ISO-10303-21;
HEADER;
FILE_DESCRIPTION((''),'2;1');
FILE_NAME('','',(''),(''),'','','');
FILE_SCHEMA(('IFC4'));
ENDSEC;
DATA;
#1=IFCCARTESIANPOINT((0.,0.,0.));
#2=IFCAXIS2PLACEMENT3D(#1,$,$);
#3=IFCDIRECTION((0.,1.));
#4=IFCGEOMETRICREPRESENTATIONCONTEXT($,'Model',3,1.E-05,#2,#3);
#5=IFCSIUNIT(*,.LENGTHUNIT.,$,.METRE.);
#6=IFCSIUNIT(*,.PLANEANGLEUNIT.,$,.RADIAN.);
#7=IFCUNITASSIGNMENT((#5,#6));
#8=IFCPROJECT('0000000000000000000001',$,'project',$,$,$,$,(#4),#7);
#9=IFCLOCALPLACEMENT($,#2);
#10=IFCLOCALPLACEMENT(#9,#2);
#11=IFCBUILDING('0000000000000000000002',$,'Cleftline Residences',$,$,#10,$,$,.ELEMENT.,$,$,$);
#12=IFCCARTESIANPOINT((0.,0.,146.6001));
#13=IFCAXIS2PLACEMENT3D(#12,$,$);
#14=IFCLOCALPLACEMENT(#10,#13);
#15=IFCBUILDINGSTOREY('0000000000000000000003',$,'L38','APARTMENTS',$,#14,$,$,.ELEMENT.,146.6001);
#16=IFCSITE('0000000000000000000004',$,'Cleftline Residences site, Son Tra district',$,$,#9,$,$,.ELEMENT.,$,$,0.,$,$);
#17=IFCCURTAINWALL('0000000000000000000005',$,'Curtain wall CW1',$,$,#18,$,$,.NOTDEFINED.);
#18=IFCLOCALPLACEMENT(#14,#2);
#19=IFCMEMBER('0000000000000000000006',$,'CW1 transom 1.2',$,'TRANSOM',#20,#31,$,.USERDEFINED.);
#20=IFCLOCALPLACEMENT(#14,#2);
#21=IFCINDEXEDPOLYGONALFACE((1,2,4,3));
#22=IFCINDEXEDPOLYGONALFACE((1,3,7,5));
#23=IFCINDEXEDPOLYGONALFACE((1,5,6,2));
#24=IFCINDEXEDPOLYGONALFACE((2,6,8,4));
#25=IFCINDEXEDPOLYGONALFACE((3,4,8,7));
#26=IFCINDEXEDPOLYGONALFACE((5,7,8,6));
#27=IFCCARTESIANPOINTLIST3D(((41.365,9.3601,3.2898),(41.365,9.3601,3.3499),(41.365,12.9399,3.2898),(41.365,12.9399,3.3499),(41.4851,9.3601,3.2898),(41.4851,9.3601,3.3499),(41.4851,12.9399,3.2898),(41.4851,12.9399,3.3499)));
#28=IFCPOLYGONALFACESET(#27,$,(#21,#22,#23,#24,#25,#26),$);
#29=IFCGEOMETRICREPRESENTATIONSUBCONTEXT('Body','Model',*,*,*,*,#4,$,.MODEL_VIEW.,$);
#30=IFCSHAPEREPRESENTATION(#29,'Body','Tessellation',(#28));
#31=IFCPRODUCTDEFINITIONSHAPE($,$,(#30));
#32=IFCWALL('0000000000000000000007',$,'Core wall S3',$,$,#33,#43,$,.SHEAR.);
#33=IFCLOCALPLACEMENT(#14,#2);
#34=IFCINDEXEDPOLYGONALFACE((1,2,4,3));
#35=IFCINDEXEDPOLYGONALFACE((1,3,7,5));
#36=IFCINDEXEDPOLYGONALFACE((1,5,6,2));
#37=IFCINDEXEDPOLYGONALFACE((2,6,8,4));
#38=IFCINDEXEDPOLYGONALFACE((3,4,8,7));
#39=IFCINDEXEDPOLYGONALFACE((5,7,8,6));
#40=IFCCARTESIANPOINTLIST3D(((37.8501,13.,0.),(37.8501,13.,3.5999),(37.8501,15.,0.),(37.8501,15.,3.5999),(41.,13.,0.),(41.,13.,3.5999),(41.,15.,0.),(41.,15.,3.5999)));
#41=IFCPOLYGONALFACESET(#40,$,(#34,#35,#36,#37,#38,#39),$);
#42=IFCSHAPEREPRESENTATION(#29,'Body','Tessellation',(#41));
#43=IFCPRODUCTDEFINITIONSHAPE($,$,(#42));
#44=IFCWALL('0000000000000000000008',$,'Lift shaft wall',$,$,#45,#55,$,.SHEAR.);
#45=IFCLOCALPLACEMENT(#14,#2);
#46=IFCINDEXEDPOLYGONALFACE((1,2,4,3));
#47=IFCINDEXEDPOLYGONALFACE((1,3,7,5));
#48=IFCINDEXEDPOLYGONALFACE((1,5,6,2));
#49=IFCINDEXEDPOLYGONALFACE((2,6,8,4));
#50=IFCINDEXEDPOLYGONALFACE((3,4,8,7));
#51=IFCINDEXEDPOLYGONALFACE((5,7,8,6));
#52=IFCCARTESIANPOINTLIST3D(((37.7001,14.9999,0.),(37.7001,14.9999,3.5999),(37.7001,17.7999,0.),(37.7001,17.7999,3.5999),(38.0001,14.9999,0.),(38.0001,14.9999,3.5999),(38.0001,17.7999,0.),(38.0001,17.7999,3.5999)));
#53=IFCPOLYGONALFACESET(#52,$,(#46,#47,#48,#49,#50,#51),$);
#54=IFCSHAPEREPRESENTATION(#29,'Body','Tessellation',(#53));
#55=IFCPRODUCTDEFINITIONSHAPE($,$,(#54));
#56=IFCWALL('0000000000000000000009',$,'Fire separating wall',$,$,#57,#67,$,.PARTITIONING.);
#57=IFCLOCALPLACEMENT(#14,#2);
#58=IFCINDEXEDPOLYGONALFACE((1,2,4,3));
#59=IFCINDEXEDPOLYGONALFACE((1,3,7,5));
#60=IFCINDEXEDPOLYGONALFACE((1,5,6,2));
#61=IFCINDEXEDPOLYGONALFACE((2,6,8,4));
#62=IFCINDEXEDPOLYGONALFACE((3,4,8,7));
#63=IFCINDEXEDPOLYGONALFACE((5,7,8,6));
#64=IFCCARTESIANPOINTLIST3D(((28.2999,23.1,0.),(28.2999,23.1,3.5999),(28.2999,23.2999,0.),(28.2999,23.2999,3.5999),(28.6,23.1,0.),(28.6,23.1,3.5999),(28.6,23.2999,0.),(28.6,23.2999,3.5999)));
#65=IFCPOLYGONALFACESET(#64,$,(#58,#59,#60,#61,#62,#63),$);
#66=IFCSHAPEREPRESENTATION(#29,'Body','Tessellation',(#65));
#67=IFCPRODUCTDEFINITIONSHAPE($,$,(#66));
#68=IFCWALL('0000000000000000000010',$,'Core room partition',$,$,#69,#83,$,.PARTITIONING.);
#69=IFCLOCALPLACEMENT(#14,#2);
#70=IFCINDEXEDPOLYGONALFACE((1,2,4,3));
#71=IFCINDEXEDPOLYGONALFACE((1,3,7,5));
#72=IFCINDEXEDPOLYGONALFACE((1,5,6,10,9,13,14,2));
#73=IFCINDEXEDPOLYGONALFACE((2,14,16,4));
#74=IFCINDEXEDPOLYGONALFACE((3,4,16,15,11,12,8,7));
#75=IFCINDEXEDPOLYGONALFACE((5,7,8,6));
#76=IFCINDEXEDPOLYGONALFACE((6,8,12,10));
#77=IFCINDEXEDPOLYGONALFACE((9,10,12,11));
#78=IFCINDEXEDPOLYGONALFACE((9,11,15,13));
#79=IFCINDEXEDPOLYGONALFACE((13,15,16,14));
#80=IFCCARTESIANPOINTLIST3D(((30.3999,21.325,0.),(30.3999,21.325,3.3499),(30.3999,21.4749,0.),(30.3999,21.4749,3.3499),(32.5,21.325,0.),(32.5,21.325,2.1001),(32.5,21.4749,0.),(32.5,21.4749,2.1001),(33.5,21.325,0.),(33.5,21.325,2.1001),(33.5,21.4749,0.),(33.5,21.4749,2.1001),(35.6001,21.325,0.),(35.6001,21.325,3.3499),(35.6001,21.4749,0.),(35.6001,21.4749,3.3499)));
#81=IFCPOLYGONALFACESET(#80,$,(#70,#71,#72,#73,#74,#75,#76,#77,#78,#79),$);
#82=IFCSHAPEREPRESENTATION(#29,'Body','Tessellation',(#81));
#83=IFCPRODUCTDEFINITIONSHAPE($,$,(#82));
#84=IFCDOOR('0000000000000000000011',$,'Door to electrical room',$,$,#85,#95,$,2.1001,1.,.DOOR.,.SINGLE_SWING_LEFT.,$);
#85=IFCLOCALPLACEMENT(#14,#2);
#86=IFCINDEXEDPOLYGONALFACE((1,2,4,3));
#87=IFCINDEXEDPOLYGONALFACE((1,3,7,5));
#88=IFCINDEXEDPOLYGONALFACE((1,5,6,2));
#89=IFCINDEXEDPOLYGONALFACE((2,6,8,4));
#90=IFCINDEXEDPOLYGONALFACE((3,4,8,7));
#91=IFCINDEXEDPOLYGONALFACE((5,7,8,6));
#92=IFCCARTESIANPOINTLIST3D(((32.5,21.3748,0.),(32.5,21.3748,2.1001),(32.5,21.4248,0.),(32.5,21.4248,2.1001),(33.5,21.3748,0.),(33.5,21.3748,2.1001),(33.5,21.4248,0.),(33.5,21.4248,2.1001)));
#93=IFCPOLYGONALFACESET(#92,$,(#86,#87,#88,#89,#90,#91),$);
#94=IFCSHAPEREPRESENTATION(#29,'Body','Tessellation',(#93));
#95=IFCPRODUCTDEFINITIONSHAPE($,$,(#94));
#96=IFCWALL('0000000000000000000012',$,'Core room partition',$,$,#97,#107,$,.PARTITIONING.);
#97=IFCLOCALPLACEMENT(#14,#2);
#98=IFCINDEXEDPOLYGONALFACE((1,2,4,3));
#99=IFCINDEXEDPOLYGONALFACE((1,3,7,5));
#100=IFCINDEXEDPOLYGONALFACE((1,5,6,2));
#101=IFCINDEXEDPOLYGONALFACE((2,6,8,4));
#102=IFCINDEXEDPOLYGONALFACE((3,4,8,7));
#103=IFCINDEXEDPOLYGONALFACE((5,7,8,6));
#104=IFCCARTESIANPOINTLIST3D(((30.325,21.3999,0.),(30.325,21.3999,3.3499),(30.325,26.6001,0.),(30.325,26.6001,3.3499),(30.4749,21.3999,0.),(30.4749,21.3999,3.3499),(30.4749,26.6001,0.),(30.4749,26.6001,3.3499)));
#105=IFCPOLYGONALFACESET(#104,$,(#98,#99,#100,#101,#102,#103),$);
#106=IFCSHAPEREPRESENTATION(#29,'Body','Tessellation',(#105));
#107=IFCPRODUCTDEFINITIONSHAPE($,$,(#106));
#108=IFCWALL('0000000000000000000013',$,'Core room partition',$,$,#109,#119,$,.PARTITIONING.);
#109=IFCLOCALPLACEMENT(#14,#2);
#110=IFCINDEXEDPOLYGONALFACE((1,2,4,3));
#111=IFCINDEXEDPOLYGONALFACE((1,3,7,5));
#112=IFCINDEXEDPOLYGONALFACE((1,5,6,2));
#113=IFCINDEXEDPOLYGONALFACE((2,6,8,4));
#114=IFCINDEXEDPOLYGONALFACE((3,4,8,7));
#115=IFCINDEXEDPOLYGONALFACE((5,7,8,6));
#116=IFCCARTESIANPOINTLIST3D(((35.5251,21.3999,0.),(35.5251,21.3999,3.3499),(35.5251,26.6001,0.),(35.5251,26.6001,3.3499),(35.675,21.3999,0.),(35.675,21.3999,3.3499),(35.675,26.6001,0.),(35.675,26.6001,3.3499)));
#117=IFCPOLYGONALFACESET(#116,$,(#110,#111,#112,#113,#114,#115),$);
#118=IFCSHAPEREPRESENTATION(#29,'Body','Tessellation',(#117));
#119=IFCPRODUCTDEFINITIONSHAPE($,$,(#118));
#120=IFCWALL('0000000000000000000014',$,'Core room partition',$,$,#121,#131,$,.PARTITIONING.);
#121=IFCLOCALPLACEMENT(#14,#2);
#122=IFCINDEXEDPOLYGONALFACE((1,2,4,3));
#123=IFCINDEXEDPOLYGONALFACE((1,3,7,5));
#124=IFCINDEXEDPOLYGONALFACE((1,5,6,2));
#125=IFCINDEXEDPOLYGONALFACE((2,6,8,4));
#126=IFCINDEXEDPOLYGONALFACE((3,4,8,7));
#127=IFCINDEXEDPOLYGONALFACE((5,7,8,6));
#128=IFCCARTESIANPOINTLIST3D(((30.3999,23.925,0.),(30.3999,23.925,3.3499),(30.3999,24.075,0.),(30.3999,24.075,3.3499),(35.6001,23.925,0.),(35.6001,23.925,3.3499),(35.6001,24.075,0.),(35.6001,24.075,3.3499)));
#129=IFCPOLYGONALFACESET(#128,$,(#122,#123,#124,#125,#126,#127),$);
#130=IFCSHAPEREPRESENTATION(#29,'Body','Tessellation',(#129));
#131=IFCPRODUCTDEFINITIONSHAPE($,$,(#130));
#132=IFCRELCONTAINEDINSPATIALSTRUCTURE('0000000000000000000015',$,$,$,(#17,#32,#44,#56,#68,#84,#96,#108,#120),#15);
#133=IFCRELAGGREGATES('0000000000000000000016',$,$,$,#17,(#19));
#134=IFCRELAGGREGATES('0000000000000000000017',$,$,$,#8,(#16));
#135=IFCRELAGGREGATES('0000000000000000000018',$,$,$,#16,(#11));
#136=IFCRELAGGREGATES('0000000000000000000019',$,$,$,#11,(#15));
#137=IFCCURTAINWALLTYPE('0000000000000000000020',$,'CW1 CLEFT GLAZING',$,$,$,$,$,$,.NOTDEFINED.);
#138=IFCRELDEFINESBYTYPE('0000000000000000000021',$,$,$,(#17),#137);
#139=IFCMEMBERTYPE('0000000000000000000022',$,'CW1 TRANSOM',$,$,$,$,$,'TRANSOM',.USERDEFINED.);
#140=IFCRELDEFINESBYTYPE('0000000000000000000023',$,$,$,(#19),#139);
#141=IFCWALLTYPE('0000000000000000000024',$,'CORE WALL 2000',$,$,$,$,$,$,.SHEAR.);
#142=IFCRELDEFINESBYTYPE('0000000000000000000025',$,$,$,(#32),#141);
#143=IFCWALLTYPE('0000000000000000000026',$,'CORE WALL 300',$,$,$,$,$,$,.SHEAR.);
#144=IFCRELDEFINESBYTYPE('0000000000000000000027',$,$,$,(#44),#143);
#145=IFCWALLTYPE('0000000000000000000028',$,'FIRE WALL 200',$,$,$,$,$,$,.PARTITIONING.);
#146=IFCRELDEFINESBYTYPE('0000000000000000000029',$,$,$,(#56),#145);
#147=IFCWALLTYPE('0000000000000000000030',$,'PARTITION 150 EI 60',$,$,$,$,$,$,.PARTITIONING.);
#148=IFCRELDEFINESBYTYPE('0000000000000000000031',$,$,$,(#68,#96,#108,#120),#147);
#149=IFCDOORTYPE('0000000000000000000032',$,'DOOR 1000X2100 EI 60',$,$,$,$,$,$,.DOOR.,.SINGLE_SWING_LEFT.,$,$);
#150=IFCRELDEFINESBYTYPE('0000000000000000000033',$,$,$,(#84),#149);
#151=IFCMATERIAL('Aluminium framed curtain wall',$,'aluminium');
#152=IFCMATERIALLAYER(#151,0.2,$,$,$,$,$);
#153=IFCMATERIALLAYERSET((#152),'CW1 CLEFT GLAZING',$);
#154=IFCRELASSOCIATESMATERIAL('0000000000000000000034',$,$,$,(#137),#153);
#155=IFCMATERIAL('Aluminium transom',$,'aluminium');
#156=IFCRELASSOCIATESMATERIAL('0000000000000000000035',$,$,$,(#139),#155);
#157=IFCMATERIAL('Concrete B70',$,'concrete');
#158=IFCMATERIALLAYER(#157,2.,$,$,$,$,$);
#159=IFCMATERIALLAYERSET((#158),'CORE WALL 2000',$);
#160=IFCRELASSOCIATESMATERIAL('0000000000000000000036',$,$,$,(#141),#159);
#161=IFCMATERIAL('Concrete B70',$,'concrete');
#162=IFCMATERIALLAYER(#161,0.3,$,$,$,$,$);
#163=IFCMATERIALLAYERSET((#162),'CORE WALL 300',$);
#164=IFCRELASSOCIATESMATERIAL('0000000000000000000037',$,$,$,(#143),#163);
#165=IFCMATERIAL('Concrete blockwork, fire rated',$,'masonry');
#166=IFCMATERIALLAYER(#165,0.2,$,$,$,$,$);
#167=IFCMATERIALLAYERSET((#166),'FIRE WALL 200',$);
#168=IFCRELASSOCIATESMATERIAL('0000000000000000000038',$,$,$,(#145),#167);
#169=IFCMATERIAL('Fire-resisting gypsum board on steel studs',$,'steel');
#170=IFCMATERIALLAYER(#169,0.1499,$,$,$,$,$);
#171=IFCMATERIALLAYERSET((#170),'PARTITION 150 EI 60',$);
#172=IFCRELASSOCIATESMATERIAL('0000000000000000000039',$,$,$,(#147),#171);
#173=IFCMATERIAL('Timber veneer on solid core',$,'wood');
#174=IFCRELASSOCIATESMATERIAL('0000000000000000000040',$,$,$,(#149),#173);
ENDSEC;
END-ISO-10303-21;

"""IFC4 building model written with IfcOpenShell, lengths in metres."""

from ifc_helpers import new_model, si_unit, direction, frame, frame_2d, origin, origin_2d, place, context, subcontext, project, spatial, rectangle, extrude, material, layer, layer_set, material_profile, profile_set, type_object, element, fill, aggregate, save


model = new_model("IFC4")

# Units and contexts
model_context = context("Model", 3, precision=1e-05, world=origin(), true_north=direction((0.0, 1.0)))
body_context = subcontext(model_context, "Body", "Model", "MODEL_VIEW")
ifc_project = project(units=[si_unit("LENGTHUNIT", "METRE"), si_unit("PLANEANGLEUNIT", "RADIAN")], contexts=[model_context])

# Site, building, storey
site_placement = place(None, origin())
site = spatial("IfcSite", under=ifc_project, at=site_placement, Name="Cleftline Residences site, Son Tra district", CompositionType="ELEMENT", RefElevation=0.0)
building_placement = place(site_placement, origin())
building = spatial("IfcBuilding", under=site, at=building_placement, Name="Cleftline Residences", CompositionType="ELEMENT")
storey_placement = place(building_placement, frame((0.0, 0.0, 146.6001)))
storey = spatial("IfcBuildingStorey", under=building, at=storey_placement, Name="L38", Description="APARTMENTS", CompositionType="ELEMENT", Elevation=146.6001)

# Curtain wall, member
ifc_material_1 = material(Name="Aluminium framed curtain wall", Category="aluminium")
ifc_layer_1 = layer(ifc_material_1, 0.2)
ifc_layer_set_1 = layer_set([ifc_layer_1], Name="CW1 CLEFT GLAZING")
curtain_wall_type = type_object("IfcCurtainWallType", Name="CW1 CLEFT GLAZING", PredefinedType="NOTDEFINED", material=ifc_layer_set_1)
curtain_wall_placement = place(storey_placement, origin())
curtain_wall = element("IfcCurtainWall", 1, at=curtain_wall_placement, inside=storey, type_object=curtain_wall_type, Name="Curtain wall CW1", PredefinedType="NOTDEFINED")
ifc_material_2 = material(Name="Aluminium transom", Category="aluminium")
ifc_material_profile = material_profile(ifc_material_2, rectangle(XDim=0.1201, YDim=0.0601, at=origin_2d()))
ifc_profile_set = profile_set([ifc_material_profile], Name="Aluminium transom")
member_type = type_object("IfcMemberType", Name="CW1 TRANSOM", ElementType="TRANSOM", PredefinedType="USERDEFINED", material=ifc_profile_set)
member_placement = place(storey_placement, frame((41.425, 12.9399, 3.3198), z_axis=(0.0, -1.0, 0.0), x_axis=(1.0, 0.0, 0.0)))
member = element("IfcMember", 2, at=member_placement, type_object=member_type, Name="CW1 transom 1.2", ObjectType="TRANSOM", PredefinedType="USERDEFINED", context=body_context, shape_type="SweptSolid", body=[
    extrude(rectangle(XDim=0.1201, YDim=0.0601, at=origin_2d()), origin(), (0.0, 0.0, 1.0), 3.5798),
])
aggregate(curtain_wall, [member])

# Walls
ifc_material_3 = material(Name="Concrete B70", Category="concrete")
ifc_layer_2 = layer(ifc_material_3, 2.0)
ifc_layer_set_2 = layer_set([ifc_layer_2], Name="CORE WALL 2000")
wall_type_1 = type_object("IfcWallType", Name="CORE WALL 2000", PredefinedType="SHEAR", material=ifc_layer_set_2)
wall_1_placement = place(storey_placement, frame((37.8501, 14.0, 0.0), z_axis=(0.0, 0.0, 1.0), x_axis=(1.0, 0.0, 0.0)))
element("IfcWall", 3, at=wall_1_placement, inside=storey, type_object=wall_type_1, Name="Core wall S3", PredefinedType="SHEAR", context=body_context, shape_type="SweptSolid", body=[
    extrude(rectangle(XDim=3.1499, YDim=2.0, at=frame_2d((1.575, 0.0))), origin(), (0.0, 0.0, 1.0), 3.5999),
])
ifc_material_4 = material(Name="Concrete B70", Category="concrete")
ifc_layer_3 = layer(ifc_material_4, 0.3)
ifc_layer_set_3 = layer_set([ifc_layer_3], Name="CORE WALL 300")
wall_type_2 = type_object("IfcWallType", Name="CORE WALL 300", PredefinedType="SHEAR", material=ifc_layer_set_3)
wall_2_placement = place(storey_placement, frame((37.8501, 15.0, 0.0), z_axis=(0.0, 0.0, 1.0), x_axis=(0.0, 1.0, 0.0)))
element("IfcWall", 4, at=wall_2_placement, inside=storey, type_object=wall_type_2, Name="Lift shaft wall", PredefinedType="SHEAR", context=body_context, shape_type="SweptSolid", body=[
    extrude(rectangle(XDim=2.8, YDim=0.3, at=frame_2d((1.3999, 0.0))), origin(), (0.0, 0.0, 1.0), 3.5999),
])
ifc_material_5 = material(Name="Concrete blockwork, fire rated", Category="masonry")
ifc_layer_4 = layer(ifc_material_5, 0.2)
ifc_layer_set_4 = layer_set([ifc_layer_4], Name="FIRE WALL 200")
wall_type_3 = type_object("IfcWallType", Name="FIRE WALL 200", PredefinedType="PARTITIONING", material=ifc_layer_set_4)
wall_3_placement = place(storey_placement, frame((28.3, 23.2, 0.0), z_axis=(0.0, 0.0, 1.0), x_axis=(1.0, 0.0, 0.0)))
element("IfcWall", 5, at=wall_3_placement, inside=storey, type_object=wall_type_3, Name="Fire separating wall", PredefinedType="PARTITIONING", context=body_context, shape_type="SweptSolid", body=[
    extrude(rectangle(XDim=0.3, YDim=0.2, at=frame_2d((0.1499, 0.0))), origin(), (0.0, 0.0, 1.0), 3.5999),
])

# Wall, opening, door
ifc_material_6 = material(Name="Fire-resisting gypsum board on steel studs", Category="steel")
ifc_layer_5 = layer(ifc_material_6, 0.1499)
ifc_layer_set_5 = layer_set([ifc_layer_5], Name="PARTITION 150 EI 60")
wall_type_4 = type_object("IfcWallType", Name="PARTITION 150 EI 60", PredefinedType="PARTITIONING", material=ifc_layer_set_5)
wall_4_placement = place(storey_placement, frame((30.3999, 21.3999, 0.0), z_axis=(0.0, 0.0, 1.0), x_axis=(1.0, 0.0, 0.0)))
wall_4 = element("IfcWall", 6, at=wall_4_placement, inside=storey, type_object=wall_type_4, Name="Core room partition", PredefinedType="PARTITIONING", context=body_context, shape_type="SweptSolid", body=[
    extrude(rectangle(XDim=5.2002, YDim=0.1499, at=frame_2d((2.6001, 0.0))), origin(), (0.0, 0.0, 1.0), 3.3499),
])
opening_1_placement = place(wall_4_placement, frame((2.1001, 0.0, 0.0)))
opening_1 = element("IfcOpeningElement", 7, at=opening_1_placement, cuts=wall_4, PredefinedType="OPENING", context=body_context, shape_type="SweptSolid", body=[
    extrude(rectangle(XDim=1.0, YDim=2.1001, at=frame_2d((0.5, 1.05))), frame((0.0, 0.085, 0.0), z_axis=(0.0, -1.0, 0.0), x_axis=(1.0, 0.0, 0.0)), (0.0, 0.0, 1.0), 0.1699),
])
ifc_material_7 = material(Name="Timber veneer on solid core", Category="wood")
door_type_1 = type_object("IfcDoorType", Name="DOOR 1000X2100 EI 60", OperationType="SINGLE_SWING_LEFT", PredefinedType="DOOR", material=ifc_material_7)
door_1_placement = place(opening_1_placement, origin())
door_1 = element("IfcDoor", 8, at=door_1_placement, inside=storey, type_object=door_type_1, Name="Door to electrical room", OperationType="SINGLE_SWING_LEFT", OverallHeight=2.1001, OverallWidth=1.0, PredefinedType="DOOR", context=body_context, shape_type="SweptSolid", body=[
    extrude(rectangle(XDim=1.0, YDim=2.1001, at=frame_2d((0.5, 1.05))), frame((0.0, 0.0249, 0.0), z_axis=(0.0, -1.0, 0.0), x_axis=(1.0, 0.0, 0.0)), (0.0, 0.0, 1.0), 0.05),
])
fill(opening_1, door_1)

# Walls
for number, where, z_axis, x_axis, name in (
    (9, (30.3999, 21.3999, 0.0), (0.0, 0.0, 1.0), (0.0, 1.0, 0.0), "Core room partition"),
    (10, (35.6001, 21.3999, 0.0), (0.0, 0.0, 1.0), (0.0, 1.0, 0.0), "Core room partition"),
    (11, (30.3999, 24.0, 0.0), (0.0, 0.0, 1.0), (1.0, 0.0, 0.0), "Core room partition"),
):
    element("IfcWall", number, at=place(storey_placement, frame(where, z_axis=z_axis, x_axis=x_axis)), inside=storey, type_object=wall_type_4, Name=name, PredefinedType="PARTITIONING", context=body_context, shape_type="SweptSolid", body=[
        extrude(rectangle(XDim=5.2002, YDim=0.1499, at=frame_2d((2.6001, 0.0))), origin(), (0.0, 0.0, 1.0), 3.3499),
    ])

save(model, "model.ifc")
